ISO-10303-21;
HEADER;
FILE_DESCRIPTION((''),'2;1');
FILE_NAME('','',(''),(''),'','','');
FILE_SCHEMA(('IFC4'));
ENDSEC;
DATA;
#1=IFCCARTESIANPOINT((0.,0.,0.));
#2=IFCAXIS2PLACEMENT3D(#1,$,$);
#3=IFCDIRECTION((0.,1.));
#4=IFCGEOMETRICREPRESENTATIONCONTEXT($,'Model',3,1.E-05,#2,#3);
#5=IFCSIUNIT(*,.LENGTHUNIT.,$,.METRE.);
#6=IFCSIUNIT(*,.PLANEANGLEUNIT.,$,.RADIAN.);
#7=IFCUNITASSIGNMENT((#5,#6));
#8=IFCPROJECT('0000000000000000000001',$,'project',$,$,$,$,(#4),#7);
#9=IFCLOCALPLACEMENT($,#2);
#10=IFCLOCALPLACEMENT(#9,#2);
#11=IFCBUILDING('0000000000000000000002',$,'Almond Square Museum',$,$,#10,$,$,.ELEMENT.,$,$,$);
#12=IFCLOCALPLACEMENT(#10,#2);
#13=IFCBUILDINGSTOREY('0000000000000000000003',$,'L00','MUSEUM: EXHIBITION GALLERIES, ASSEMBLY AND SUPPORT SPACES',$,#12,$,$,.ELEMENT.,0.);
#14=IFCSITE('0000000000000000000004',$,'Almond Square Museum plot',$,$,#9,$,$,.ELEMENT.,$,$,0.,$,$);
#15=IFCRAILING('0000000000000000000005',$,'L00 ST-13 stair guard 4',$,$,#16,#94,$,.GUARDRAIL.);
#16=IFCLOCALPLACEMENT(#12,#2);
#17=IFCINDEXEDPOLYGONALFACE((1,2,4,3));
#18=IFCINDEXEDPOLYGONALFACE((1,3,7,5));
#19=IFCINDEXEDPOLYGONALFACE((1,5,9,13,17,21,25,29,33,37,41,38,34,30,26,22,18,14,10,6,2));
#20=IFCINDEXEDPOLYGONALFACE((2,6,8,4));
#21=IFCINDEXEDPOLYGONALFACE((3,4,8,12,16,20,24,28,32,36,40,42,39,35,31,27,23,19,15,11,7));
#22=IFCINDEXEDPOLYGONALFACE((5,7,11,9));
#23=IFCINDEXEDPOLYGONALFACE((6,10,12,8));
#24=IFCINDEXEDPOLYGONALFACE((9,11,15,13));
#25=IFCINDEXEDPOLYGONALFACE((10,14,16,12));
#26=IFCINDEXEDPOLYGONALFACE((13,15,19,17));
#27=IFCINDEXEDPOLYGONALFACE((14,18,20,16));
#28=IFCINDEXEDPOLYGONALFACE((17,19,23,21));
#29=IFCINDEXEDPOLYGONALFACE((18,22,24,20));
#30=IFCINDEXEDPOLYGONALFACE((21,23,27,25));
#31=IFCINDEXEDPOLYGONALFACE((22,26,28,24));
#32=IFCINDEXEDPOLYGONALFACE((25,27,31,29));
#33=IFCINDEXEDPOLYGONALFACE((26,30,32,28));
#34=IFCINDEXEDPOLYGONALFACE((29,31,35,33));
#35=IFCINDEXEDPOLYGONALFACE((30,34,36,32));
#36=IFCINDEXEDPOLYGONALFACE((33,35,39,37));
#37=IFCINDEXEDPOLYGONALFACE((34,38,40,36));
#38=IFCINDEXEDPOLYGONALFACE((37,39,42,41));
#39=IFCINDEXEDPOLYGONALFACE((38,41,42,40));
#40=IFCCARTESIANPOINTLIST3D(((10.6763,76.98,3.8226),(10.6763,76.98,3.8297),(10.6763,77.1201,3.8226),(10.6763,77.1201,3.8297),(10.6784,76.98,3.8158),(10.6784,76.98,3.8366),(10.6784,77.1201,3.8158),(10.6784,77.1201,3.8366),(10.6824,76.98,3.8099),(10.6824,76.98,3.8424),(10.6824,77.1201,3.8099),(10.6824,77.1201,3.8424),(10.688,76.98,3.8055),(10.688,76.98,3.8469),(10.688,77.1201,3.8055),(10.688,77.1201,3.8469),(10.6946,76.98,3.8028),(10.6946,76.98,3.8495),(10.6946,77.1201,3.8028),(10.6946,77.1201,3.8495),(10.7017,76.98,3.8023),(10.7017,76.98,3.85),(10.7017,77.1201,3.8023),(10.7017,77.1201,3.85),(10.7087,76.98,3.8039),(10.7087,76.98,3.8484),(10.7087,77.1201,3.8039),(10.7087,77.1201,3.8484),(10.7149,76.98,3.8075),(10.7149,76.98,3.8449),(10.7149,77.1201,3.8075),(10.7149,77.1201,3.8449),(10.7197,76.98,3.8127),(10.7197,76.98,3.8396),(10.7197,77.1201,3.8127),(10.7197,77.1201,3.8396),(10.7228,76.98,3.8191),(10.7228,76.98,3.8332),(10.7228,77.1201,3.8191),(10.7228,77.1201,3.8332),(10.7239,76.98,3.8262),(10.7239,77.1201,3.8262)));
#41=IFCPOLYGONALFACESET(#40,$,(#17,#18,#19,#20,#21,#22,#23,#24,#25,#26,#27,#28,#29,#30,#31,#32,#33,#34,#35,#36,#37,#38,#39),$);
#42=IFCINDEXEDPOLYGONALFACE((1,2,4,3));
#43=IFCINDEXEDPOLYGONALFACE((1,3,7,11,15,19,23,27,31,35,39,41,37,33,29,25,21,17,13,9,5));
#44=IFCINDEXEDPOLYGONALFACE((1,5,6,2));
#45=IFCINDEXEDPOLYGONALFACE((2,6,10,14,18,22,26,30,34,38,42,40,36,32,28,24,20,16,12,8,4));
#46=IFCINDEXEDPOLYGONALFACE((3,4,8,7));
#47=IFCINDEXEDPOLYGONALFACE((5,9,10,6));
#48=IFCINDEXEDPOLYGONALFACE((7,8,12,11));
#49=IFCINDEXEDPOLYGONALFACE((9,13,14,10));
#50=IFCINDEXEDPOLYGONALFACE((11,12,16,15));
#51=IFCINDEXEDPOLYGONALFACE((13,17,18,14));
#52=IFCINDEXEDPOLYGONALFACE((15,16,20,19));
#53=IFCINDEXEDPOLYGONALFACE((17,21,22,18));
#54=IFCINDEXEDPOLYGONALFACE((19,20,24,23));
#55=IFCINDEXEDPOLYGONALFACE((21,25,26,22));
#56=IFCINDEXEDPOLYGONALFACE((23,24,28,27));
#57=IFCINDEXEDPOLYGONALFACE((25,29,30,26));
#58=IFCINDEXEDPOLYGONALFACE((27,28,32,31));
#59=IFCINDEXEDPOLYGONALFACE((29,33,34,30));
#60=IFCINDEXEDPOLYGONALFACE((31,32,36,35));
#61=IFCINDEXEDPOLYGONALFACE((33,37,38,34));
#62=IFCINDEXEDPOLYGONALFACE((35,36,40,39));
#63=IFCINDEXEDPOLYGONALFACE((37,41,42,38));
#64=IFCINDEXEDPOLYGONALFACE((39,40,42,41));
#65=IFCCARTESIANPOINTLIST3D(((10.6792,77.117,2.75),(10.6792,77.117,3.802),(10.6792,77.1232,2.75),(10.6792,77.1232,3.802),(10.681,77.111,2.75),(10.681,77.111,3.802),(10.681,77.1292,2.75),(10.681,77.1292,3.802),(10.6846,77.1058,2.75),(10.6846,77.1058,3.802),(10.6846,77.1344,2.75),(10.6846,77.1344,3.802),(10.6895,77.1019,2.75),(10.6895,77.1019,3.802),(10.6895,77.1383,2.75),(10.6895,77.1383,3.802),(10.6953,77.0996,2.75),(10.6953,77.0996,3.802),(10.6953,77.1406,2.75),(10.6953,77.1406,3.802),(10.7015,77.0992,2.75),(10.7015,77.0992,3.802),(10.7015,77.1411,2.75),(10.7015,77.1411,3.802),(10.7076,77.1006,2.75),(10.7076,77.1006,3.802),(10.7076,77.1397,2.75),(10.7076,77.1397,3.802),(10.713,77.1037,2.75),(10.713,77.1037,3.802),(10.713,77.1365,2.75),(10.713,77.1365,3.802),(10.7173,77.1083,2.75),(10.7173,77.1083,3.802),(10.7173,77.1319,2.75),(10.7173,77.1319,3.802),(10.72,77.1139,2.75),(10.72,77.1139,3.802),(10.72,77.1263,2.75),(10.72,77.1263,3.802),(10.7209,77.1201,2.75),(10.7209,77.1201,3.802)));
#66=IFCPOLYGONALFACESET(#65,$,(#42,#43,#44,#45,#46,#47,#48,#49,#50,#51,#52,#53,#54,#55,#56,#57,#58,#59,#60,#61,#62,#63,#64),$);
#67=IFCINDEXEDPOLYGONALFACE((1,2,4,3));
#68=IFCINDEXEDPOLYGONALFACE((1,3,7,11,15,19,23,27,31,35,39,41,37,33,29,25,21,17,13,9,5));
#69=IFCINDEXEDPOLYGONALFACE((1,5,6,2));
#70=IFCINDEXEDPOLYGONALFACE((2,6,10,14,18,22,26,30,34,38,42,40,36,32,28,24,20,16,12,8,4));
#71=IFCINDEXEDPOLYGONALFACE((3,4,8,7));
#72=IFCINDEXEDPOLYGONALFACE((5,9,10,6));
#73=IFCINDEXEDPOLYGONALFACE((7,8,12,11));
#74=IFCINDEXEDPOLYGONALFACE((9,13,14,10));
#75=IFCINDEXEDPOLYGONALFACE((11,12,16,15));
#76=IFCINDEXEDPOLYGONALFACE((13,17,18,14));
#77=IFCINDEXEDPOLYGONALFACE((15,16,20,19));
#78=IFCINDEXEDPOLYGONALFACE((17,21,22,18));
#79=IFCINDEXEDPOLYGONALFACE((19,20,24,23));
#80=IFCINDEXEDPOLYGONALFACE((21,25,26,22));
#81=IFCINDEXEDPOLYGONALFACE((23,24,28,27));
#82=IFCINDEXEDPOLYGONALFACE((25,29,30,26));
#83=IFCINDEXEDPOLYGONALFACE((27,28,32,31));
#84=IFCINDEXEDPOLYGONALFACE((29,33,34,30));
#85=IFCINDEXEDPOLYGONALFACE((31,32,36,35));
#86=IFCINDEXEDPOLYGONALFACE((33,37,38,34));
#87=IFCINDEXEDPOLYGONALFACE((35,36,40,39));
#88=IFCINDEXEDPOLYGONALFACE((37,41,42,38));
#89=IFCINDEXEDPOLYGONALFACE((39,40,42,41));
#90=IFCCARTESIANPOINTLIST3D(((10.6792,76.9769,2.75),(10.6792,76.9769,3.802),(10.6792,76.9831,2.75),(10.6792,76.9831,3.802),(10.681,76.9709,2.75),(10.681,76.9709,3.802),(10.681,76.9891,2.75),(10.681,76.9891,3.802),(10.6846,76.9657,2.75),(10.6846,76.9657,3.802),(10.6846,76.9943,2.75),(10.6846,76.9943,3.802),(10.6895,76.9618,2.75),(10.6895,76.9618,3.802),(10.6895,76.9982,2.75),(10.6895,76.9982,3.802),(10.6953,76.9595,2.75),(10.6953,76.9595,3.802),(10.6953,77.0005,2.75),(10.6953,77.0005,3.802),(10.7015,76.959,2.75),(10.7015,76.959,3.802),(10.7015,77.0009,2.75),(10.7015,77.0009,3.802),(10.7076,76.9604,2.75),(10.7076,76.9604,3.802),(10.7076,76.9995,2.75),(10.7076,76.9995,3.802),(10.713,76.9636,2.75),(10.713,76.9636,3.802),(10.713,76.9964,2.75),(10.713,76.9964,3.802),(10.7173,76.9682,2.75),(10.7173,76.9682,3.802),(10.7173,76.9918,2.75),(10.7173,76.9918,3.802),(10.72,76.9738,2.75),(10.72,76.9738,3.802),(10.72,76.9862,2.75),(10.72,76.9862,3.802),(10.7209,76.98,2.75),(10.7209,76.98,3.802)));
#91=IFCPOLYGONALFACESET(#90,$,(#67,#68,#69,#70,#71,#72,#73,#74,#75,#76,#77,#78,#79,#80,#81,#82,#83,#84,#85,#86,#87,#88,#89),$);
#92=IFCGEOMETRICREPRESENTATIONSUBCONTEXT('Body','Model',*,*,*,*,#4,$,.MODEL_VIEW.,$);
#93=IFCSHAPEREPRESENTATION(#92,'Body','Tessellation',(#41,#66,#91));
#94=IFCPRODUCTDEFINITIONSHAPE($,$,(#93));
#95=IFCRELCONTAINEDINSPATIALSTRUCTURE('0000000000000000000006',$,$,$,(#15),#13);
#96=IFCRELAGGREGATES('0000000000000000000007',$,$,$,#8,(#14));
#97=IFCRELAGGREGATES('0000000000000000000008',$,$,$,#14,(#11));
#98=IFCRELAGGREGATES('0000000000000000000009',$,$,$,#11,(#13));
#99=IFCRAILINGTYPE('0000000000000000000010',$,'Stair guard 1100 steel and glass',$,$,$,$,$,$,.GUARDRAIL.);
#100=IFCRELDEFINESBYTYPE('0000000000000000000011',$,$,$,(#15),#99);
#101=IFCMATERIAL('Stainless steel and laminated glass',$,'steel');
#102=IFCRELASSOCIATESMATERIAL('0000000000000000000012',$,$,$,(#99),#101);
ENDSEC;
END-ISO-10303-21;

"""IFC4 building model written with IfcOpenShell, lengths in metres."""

from ifc_helpers import new_model, si_unit, direction, frame, origin, origin_2d, place, context, subcontext, project, spatial, circle, extrude, material, type_object, element, save


model = new_model("IFC4")

# Units and contexts
model_context = context("Model", 3, precision=1e-05, world=origin(), true_north=direction((0.0, 1.0)))
body_context = subcontext(model_context, "Body", "Model", "MODEL_VIEW")
ifc_project = project(units=[si_unit("LENGTHUNIT", "METRE"), si_unit("PLANEANGLEUNIT", "RADIAN")], contexts=[model_context])

# Site, building, storey
site_placement = place(None, origin())
site = spatial("IfcSite", under=ifc_project, at=site_placement, Name="Almond Square Museum plot", CompositionType="ELEMENT", RefElevation=0.0)
building_placement = place(site_placement, origin())
building = spatial("IfcBuilding", under=site, at=building_placement, Name="Almond Square Museum", CompositionType="ELEMENT")
storey_placement = place(building_placement, origin())
storey = spatial("IfcBuildingStorey", under=building, at=storey_placement, Name="L00", Description="MUSEUM: EXHIBITION GALLERIES, ASSEMBLY AND SUPPORT SPACES", CompositionType="ELEMENT", Elevation=0.0)

# Railing
ifc_material_1 = material(Name="Stainless steel and laminated glass", Category="steel")
railing_type_1 = type_object("IfcRailingType", Name="Stair guard 1100 steel and glass", PredefinedType="GUARDRAIL", material=ifc_material_1)
railing_1_placement = place(storey_placement, frame((10.7, 77.1201, 2.75)))
element("IfcRailing", 1, at=railing_1_placement, inside=storey, type_object=railing_type_1, Name="L00 ST-13 stair guard 4", PredefinedType="GUARDRAIL", context=body_context, shape_type="SweptSolid", body=[
    extrude(circle(Radius=0.0239, at=origin_2d()), frame((0.0, 0.0, 1.0762), z_axis=(0.0, -1.0, 0.0), x_axis=(1.0, 0.0, 0.0)), (0.0, 0.0, 1.0), 0.1401),
    extrude(circle(Radius=0.021, at=origin_2d()), origin(), (0.0, 0.0, 1.0), 1.052),
    extrude(circle(Radius=0.021, at=origin_2d()), frame((0.0, -0.1401, 0.0)), (0.0, 0.0, 1.0), 1.052),
])

save(model, "model.ifc")
